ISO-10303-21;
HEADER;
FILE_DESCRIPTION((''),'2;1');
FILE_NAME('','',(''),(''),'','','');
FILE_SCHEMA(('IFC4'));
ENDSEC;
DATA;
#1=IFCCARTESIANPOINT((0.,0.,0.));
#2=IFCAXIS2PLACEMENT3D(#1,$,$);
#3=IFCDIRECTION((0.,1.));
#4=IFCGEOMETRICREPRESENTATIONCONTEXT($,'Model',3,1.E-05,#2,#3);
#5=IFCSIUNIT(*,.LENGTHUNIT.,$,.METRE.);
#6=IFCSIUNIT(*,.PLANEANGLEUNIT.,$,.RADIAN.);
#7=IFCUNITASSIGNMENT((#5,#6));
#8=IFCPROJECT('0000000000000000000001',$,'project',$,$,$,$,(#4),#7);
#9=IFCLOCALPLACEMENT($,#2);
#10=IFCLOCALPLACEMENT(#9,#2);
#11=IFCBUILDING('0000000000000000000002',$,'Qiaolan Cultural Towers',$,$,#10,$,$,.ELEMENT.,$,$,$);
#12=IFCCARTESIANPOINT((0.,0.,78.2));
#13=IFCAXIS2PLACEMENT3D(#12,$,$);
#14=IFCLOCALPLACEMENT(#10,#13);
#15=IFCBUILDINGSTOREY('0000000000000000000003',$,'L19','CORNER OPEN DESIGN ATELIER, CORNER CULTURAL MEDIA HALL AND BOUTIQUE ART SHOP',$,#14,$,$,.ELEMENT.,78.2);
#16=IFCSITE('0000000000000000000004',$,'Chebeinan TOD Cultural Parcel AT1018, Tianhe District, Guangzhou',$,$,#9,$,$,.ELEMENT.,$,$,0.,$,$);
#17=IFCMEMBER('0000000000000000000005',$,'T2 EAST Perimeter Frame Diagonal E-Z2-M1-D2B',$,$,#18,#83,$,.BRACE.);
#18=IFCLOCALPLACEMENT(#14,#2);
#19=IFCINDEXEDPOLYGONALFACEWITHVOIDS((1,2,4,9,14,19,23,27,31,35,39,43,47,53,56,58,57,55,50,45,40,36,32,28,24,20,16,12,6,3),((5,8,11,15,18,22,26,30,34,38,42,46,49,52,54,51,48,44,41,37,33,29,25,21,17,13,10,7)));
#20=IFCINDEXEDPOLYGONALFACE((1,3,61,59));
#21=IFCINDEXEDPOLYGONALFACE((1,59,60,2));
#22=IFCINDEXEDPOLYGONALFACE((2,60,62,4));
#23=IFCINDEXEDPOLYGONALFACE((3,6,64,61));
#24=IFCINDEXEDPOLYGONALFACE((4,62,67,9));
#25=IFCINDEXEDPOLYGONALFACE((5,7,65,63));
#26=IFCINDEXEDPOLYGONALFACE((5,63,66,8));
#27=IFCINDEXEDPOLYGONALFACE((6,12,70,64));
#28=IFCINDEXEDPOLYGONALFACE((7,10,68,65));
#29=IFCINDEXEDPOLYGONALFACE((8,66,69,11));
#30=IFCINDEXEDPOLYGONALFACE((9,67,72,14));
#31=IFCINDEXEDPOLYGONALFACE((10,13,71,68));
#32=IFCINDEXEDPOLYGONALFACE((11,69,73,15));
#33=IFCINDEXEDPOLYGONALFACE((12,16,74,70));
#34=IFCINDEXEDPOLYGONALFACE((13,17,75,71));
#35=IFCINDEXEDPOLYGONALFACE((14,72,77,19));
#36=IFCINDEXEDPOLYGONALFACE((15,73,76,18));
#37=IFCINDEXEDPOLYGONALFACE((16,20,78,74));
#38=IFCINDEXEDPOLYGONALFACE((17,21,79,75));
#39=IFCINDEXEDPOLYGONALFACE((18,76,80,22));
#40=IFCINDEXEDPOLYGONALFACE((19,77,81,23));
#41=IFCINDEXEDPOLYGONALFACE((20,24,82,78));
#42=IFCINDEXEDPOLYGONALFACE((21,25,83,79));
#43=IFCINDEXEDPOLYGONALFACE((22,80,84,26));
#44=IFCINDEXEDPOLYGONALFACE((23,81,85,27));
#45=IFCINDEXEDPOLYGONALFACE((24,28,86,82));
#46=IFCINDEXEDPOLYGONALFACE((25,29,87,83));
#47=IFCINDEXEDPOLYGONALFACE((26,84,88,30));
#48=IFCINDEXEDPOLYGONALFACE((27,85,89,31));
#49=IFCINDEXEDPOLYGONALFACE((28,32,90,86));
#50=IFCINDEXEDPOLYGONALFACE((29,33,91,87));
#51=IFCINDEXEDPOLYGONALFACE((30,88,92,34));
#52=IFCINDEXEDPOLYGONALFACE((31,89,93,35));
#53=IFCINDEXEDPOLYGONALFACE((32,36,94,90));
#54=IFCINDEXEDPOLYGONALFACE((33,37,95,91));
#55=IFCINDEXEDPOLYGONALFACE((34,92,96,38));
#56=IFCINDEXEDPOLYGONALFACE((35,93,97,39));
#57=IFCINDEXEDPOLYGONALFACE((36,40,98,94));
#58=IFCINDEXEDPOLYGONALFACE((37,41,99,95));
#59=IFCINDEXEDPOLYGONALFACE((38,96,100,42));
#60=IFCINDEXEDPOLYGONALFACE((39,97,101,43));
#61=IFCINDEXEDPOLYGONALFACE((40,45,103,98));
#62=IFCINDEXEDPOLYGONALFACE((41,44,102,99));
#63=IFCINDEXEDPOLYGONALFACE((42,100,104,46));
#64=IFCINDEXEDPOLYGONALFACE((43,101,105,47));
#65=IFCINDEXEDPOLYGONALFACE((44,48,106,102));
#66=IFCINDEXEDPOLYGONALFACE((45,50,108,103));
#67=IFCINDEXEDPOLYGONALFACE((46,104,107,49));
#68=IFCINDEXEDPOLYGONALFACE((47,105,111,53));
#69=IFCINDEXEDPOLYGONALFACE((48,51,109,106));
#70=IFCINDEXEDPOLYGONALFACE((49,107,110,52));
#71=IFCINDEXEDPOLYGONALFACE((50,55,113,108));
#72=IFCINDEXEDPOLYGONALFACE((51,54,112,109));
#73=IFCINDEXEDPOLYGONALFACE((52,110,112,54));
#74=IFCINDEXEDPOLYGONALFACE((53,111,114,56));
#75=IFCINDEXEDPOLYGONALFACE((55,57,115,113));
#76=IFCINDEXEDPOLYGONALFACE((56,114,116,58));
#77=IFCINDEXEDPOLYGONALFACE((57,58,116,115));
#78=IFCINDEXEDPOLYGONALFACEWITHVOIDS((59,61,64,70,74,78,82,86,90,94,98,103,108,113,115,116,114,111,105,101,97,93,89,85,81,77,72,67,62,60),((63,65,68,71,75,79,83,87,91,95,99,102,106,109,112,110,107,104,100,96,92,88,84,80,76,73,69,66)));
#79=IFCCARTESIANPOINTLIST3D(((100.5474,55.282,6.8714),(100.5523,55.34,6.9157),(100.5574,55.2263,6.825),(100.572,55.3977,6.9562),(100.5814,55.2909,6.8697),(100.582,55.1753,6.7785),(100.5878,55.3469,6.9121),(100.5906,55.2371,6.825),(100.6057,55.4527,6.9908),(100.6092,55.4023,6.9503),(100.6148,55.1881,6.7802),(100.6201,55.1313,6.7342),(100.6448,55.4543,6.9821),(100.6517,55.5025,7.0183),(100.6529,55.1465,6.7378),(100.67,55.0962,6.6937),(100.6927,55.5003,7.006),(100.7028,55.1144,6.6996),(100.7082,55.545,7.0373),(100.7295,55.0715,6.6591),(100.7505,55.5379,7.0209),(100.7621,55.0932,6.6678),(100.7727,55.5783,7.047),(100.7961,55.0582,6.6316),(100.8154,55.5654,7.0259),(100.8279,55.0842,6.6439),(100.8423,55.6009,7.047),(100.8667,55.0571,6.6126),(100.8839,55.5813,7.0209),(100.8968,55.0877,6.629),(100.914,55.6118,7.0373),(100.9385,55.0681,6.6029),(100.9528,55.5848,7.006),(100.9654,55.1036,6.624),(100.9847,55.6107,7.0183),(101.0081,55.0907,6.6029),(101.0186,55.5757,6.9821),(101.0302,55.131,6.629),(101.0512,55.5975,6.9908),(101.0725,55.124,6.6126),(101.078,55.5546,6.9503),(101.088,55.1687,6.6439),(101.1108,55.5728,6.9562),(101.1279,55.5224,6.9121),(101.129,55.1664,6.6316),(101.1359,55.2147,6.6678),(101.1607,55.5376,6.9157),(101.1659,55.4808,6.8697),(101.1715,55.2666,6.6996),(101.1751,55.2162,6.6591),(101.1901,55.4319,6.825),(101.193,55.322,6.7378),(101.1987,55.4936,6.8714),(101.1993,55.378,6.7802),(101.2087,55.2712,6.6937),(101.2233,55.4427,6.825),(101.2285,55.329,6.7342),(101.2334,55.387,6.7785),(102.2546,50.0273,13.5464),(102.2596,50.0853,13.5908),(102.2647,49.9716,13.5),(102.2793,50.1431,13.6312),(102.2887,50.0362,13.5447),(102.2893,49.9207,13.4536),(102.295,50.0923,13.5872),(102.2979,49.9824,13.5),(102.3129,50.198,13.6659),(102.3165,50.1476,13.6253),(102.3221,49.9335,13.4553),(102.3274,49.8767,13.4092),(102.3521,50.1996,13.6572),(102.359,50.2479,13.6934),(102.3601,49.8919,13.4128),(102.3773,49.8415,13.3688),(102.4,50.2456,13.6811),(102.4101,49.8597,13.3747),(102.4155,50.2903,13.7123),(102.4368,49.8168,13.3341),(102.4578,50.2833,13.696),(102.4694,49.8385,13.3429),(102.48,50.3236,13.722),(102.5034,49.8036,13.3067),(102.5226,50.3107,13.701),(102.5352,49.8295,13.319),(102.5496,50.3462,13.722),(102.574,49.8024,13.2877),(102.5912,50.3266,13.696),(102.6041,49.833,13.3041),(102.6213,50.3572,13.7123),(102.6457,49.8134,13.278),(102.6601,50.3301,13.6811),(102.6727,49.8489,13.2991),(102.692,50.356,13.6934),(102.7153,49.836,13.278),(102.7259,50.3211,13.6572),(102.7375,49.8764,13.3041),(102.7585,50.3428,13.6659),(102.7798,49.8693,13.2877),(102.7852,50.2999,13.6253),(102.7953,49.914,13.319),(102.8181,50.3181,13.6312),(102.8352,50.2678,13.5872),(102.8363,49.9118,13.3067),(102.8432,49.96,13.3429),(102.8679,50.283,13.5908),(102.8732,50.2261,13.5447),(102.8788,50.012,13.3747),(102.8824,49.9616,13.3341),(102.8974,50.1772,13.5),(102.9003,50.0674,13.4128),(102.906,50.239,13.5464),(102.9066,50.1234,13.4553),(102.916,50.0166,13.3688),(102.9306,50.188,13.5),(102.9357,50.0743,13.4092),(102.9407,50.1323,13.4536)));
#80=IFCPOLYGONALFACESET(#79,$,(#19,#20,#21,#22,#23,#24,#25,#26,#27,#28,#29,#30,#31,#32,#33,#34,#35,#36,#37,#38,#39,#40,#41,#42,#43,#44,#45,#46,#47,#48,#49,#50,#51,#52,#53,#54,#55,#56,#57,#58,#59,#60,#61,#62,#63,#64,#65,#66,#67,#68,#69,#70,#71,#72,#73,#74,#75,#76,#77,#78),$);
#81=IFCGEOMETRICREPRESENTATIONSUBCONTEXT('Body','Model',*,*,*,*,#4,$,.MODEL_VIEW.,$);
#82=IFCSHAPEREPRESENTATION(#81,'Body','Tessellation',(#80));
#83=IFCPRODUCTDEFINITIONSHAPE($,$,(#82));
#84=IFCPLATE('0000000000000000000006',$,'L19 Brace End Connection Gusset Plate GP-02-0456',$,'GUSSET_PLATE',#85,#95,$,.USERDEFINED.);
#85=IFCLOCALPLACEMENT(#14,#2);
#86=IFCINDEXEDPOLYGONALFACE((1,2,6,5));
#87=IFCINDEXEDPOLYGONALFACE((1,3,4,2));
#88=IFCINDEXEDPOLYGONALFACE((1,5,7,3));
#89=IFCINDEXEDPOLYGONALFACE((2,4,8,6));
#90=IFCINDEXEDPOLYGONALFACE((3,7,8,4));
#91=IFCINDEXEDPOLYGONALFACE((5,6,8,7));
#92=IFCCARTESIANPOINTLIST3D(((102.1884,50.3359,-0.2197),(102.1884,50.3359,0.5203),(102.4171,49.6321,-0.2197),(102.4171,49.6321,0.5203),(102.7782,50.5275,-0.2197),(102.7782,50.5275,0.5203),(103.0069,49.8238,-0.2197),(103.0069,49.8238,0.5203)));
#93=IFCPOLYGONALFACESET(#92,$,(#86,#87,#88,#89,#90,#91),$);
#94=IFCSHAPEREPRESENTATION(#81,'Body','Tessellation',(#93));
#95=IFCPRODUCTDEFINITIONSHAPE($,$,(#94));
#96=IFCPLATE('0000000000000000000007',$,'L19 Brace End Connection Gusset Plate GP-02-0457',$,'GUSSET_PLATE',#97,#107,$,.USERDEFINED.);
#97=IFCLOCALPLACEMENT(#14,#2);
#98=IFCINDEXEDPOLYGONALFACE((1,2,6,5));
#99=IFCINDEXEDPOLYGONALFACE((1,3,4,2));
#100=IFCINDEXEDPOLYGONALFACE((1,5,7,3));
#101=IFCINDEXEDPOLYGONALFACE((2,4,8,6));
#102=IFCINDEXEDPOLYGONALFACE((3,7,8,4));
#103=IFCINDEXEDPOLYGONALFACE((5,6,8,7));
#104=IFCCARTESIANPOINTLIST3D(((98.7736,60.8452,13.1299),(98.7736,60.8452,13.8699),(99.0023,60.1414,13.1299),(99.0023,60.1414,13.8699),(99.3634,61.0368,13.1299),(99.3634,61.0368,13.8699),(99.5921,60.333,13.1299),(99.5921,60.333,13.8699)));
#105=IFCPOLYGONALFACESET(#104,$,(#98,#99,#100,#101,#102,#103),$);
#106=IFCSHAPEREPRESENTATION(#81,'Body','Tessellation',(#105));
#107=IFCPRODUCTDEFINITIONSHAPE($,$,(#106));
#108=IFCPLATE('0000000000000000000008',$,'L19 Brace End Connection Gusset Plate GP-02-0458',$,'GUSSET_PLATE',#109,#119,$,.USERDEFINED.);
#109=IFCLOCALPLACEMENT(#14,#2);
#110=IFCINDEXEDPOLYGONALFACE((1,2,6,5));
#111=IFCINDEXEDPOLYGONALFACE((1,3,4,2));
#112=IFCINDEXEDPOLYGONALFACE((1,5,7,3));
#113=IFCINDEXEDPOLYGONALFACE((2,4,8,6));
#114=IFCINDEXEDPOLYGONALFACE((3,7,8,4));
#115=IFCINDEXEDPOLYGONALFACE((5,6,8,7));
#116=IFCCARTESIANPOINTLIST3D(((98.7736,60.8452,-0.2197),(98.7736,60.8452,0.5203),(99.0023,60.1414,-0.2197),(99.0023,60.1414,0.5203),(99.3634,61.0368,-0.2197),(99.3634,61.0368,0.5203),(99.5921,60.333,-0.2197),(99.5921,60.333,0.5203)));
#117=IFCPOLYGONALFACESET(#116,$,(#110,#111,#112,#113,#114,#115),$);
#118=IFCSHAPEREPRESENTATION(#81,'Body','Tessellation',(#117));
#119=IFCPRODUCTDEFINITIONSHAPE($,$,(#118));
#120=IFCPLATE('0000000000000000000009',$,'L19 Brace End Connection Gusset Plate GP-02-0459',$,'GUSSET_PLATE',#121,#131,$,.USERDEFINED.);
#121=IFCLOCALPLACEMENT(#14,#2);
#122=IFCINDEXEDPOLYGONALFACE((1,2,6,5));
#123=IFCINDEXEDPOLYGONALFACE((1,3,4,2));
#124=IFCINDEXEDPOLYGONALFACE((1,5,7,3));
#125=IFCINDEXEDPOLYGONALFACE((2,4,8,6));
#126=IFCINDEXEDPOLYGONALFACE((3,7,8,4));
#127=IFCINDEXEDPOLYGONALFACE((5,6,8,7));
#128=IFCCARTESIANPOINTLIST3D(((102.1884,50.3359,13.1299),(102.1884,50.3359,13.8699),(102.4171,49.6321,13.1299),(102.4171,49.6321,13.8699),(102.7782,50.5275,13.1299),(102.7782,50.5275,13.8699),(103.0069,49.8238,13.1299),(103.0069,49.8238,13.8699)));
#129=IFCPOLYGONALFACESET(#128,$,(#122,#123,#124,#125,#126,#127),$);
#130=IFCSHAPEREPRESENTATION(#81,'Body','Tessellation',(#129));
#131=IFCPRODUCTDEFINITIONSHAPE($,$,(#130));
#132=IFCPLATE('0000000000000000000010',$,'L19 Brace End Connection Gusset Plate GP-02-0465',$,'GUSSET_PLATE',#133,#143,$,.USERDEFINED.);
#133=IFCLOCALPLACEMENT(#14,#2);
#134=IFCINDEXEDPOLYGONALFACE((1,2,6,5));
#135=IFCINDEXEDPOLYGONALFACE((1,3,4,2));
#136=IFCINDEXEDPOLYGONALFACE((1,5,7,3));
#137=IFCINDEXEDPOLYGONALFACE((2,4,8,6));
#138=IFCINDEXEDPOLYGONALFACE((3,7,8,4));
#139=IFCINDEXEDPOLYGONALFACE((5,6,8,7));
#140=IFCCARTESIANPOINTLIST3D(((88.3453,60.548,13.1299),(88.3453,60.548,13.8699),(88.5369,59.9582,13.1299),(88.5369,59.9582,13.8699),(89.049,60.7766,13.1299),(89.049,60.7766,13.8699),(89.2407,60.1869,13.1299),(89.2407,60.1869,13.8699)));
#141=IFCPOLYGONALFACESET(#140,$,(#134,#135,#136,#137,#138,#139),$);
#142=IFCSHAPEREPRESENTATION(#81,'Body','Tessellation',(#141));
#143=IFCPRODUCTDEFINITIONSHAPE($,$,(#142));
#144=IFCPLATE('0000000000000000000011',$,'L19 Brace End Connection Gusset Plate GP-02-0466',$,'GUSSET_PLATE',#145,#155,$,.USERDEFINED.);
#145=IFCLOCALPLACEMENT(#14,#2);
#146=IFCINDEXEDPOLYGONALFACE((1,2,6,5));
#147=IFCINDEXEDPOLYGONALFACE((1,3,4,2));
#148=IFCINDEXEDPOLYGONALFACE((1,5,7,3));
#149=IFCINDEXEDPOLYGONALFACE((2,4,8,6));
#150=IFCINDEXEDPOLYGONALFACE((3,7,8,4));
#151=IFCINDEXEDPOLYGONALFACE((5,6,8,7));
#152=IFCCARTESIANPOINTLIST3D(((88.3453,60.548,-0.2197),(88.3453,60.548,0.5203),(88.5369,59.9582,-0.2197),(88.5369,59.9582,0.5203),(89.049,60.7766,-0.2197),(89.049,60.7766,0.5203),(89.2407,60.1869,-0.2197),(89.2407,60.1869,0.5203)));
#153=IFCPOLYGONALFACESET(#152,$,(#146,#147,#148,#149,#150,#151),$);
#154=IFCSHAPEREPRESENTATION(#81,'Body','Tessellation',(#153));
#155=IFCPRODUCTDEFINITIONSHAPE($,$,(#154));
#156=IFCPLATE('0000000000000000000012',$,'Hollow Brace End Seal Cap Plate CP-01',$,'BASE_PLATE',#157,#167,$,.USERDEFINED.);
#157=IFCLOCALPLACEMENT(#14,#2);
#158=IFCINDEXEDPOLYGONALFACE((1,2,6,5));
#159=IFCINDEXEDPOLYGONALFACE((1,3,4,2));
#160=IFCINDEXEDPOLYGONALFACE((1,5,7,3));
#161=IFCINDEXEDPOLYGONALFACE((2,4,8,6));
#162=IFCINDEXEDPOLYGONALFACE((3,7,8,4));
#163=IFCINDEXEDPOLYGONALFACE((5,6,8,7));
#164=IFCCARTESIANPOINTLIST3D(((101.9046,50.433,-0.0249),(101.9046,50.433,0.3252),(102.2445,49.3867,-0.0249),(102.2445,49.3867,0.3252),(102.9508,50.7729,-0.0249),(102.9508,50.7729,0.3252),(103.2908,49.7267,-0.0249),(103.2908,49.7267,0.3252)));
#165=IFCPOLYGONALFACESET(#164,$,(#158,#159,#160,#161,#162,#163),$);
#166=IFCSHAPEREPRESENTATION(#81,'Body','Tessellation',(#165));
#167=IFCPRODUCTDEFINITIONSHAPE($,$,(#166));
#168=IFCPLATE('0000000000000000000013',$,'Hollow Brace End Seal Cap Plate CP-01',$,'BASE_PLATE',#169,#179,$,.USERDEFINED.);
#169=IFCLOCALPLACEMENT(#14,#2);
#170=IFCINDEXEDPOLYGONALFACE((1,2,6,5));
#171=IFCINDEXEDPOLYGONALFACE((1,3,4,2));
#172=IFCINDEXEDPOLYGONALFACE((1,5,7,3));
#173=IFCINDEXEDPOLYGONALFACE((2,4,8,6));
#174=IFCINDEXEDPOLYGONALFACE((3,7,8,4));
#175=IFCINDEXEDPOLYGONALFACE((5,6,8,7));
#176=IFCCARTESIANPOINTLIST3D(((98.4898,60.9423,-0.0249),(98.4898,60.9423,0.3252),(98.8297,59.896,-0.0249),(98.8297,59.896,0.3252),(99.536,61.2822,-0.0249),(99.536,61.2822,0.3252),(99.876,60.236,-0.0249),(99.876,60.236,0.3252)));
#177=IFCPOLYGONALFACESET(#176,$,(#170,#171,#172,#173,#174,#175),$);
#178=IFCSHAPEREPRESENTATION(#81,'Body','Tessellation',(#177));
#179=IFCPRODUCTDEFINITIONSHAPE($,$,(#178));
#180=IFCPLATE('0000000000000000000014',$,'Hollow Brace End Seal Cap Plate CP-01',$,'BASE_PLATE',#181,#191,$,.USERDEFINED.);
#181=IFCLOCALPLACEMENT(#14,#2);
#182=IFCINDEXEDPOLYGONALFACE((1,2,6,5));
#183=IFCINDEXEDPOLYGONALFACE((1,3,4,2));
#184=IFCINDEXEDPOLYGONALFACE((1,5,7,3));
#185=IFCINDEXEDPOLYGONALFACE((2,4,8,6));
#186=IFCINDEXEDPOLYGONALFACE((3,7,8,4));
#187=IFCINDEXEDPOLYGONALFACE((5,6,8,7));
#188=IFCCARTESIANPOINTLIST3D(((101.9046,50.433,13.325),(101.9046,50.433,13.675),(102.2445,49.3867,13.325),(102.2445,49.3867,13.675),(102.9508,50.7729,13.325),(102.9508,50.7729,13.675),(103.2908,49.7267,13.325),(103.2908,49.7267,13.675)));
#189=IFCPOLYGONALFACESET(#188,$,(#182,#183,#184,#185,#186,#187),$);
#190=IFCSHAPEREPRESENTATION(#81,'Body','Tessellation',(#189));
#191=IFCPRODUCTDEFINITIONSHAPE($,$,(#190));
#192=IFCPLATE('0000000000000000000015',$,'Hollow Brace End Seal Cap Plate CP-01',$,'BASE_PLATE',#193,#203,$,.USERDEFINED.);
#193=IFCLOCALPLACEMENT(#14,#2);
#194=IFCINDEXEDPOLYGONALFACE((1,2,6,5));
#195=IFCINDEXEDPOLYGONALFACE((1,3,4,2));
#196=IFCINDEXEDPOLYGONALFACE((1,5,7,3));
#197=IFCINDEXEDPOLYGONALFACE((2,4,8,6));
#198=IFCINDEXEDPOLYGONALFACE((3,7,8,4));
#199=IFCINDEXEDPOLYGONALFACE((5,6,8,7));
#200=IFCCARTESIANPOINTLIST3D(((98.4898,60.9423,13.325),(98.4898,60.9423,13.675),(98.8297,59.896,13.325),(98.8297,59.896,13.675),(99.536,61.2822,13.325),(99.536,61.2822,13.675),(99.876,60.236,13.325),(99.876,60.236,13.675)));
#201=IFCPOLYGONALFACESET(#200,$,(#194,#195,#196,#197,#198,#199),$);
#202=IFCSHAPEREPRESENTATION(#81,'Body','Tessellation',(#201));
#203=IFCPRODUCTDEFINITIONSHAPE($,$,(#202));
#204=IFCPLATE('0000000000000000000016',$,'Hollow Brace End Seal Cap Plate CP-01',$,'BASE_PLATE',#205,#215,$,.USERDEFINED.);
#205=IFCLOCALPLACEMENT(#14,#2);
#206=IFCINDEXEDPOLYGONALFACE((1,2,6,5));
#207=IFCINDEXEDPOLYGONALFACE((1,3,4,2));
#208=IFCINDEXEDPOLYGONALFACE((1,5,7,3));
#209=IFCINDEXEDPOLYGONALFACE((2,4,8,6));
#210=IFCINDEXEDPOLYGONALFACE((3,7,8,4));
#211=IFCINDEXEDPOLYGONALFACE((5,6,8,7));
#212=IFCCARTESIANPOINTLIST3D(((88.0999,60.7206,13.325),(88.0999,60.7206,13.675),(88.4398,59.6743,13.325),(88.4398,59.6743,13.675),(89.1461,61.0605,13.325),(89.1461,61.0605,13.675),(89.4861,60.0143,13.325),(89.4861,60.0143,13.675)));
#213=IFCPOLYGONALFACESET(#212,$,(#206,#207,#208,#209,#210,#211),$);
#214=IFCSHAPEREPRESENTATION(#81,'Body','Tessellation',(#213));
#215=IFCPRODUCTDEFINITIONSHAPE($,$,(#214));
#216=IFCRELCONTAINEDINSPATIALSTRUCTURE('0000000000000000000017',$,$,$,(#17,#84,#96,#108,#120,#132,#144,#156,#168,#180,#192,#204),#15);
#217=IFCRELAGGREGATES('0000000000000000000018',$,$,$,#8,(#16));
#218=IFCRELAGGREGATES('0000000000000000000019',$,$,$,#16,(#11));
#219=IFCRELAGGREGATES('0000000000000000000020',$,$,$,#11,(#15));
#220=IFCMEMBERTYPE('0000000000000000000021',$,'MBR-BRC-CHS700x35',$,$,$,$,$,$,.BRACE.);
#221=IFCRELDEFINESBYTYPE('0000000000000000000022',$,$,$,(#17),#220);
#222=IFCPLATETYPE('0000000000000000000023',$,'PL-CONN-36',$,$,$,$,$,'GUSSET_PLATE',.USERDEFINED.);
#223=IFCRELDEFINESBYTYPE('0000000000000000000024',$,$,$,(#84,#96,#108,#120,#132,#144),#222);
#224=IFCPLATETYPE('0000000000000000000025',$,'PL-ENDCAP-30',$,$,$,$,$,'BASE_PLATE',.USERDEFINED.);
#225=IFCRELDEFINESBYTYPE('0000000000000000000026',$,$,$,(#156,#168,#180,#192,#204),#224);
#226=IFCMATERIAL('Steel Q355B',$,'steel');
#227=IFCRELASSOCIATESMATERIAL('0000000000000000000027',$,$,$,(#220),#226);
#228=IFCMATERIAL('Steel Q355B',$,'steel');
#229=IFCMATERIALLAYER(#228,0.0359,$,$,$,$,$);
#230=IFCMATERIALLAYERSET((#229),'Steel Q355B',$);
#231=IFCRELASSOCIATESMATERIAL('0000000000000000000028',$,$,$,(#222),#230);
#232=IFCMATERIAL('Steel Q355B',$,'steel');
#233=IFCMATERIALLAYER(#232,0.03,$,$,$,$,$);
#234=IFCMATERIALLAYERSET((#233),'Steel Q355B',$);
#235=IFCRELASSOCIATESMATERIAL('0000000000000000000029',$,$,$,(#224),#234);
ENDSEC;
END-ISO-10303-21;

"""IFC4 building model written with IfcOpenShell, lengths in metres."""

from ifc_helpers import new_model, si_unit, direction, frame, origin, origin_2d, place, context, subcontext, project, spatial, rectangle, hollow_circle, extrude, material, layer, layer_set, material_profile, profile_set, type_object, element, save


model = new_model("IFC4")

# Units and contexts
model_context = context("Model", 3, precision=1e-05, world=origin(), true_north=direction((0.0, 1.0)))
body_context = subcontext(model_context, "Body", "Model", "MODEL_VIEW")
ifc_project = project(units=[si_unit("LENGTHUNIT", "METRE"), si_unit("PLANEANGLEUNIT", "RADIAN")], contexts=[model_context])

# Site, building, storey
site_placement = place(None, origin())
site = spatial("IfcSite", under=ifc_project, at=site_placement, Name="Chebeinan TOD Cultural Parcel AT1018, Tianhe District, Guangzhou", CompositionType="ELEMENT", RefElevation=0.0)
building_placement = place(site_placement, origin())
building = spatial("IfcBuilding", under=site, at=building_placement, Name="Qiaolan Cultural Towers", CompositionType="ELEMENT")
storey_placement = place(building_placement, frame((0.0, 0.0, 78.2)))
storey = spatial("IfcBuildingStorey", under=building, at=storey_placement, Name="L19", Description="CORNER OPEN DESIGN ATELIER, CORNER CULTURAL MEDIA HALL AND BOUTIQUE ART SHOP", CompositionType="ELEMENT", Elevation=78.2)

# Member
ifc_material_1 = material(Name="Steel Q355B", Category="steel")
ifc_material_profile_1 = material_profile(ifc_material_1, hollow_circle(Radius=0.3501, WallThickness=0.0349, at=origin_2d()), Name="CHS700x35")
ifc_profile_set_1 = profile_set([ifc_material_profile_1], Name="Steel Q355B")
member_type = type_object("IfcMemberType", Name="MBR-BRC-CHS700x35", PredefinedType="BRACE", material=ifc_profile_set_1)
member_1_placement = place(storey_placement, frame((100.8904, 55.3345, 6.825), z_axis=(0.197031, -0.606421, 0.770346), x_axis=(0.95106, 0.309007, 0.0)))
element("IfcMember", 1, at=member_1_placement, inside=storey, type_object=member_type, Name="T2 EAST Perimeter Frame Diagonal E-Z2-M1-D2B", PredefinedType="BRACE", context=body_context, shape_type="SweptSolid", body=[
    extrude(hollow_circle(Radius=0.3501, WallThickness=0.0349, at=origin_2d()), origin(), (0.0, 0.0, 1.0), 8.665),
])

# Plates
ifc_material_2 = material(Name="Steel Q355B", Category="steel")
ifc_layer_1 = layer(ifc_material_2, 0.0359)
ifc_layer_set_1 = layer_set([ifc_layer_1], Name="Steel Q355B")
plate_type_1 = type_object("IfcPlateType", Name="PL-CONN-36", ElementType="GUSSET_PLATE", PredefinedType="USERDEFINED", material=ifc_layer_set_1)
for number, where, z_axis, x_axis, name in (
    (2, (102.5977, 50.0798, -0.2197), (0.0, 0.0, 1.0), (-0.309017, 0.951057, 0.0), "L19 Brace End Connection Gusset Plate GP-02-0456"),
    (3, (99.1829, 60.5891, 13.1299), (0.0, 0.0, 1.0), (-0.309017, 0.951057, 0.0), "L19 Brace End Connection Gusset Plate GP-02-0457"),
    (4, (99.1829, 60.5891, -0.2197), (0.0, 0.0, 1.0), (-0.309017, 0.951057, 0.0), "L19 Brace End Connection Gusset Plate GP-02-0458"),
    (5, (102.5977, 50.0798, 13.1299), (0.0, 0.0, 1.0), (-0.309017, 0.951057, 0.0), "L19 Brace End Connection Gusset Plate GP-02-0459"),
    (6, (88.793, 60.3674, 13.1299), (0.0, 0.0, 1.0), (0.951057, 0.309017, 0.0), "L19 Brace End Connection Gusset Plate GP-02-0465"),
    (7, (88.793, 60.3674, -0.2197), (0.0, 0.0, 1.0), (0.951057, 0.309017, 0.0), "L19 Brace End Connection Gusset Plate GP-02-0466"),
):
    element("IfcPlate", number, at=place(storey_placement, frame(where, z_axis=z_axis, x_axis=x_axis)), inside=storey, type_object=plate_type_1, Name=name, ObjectType="GUSSET_PLATE", PredefinedType="USERDEFINED", context=body_context, shape_type="SweptSolid", body=[
        extrude(rectangle(XDim=0.74, YDim=0.6201, at=origin_2d()), origin(), (0.0, 0.0, 1.0), 0.74),
    ])
ifc_material_3 = material(Name="Steel Q355B", Category="steel")
ifc_layer_2 = layer(ifc_material_3, 0.03)
ifc_layer_set_2 = layer_set([ifc_layer_2], Name="Steel Q355B")
plate_type_2 = type_object("IfcPlateType", Name="PL-ENDCAP-30", ElementType="BASE_PLATE", PredefinedType="USERDEFINED", material=ifc_layer_set_2)
for number, where, z_axis, x_axis, name in (
    (8, (102.5977, 50.0798, -0.0249), (0.0, 0.0, 1.0), (-0.309017, 0.951057, 0.0), "Hollow Brace End Seal Cap Plate CP-01"),
    (9, (99.1829, 60.5891, -0.0249), (0.0, 0.0, 1.0), (-0.309017, 0.951057, 0.0), "Hollow Brace End Seal Cap Plate CP-01"),
    (10, (102.5977, 50.0798, 13.325), (0.0, 0.0, 1.0), (-0.309017, 0.951057, 0.0), "Hollow Brace End Seal Cap Plate CP-01"),
    (11, (99.1829, 60.5891, 13.325), (0.0, 0.0, 1.0), (-0.309017, 0.951057, 0.0), "Hollow Brace End Seal Cap Plate CP-01"),
    (12, (88.793, 60.3674, 13.325), (0.0, 0.0, 1.0), (0.951057, 0.309017, 0.0), "Hollow Brace End Seal Cap Plate CP-01"),
):
    element("IfcPlate", number, at=place(storey_placement, frame(where, z_axis=z_axis, x_axis=x_axis)), inside=storey, type_object=plate_type_2, Name=name, ObjectType="BASE_PLATE", PredefinedType="USERDEFINED", context=body_context, shape_type="SweptSolid", body=[
        extrude(rectangle(XDim=1.1001, YDim=1.1001, at=origin_2d()), origin(), (0.0, 0.0, 1.0), 0.3501),
    ])

save(model, "model.ifc")
